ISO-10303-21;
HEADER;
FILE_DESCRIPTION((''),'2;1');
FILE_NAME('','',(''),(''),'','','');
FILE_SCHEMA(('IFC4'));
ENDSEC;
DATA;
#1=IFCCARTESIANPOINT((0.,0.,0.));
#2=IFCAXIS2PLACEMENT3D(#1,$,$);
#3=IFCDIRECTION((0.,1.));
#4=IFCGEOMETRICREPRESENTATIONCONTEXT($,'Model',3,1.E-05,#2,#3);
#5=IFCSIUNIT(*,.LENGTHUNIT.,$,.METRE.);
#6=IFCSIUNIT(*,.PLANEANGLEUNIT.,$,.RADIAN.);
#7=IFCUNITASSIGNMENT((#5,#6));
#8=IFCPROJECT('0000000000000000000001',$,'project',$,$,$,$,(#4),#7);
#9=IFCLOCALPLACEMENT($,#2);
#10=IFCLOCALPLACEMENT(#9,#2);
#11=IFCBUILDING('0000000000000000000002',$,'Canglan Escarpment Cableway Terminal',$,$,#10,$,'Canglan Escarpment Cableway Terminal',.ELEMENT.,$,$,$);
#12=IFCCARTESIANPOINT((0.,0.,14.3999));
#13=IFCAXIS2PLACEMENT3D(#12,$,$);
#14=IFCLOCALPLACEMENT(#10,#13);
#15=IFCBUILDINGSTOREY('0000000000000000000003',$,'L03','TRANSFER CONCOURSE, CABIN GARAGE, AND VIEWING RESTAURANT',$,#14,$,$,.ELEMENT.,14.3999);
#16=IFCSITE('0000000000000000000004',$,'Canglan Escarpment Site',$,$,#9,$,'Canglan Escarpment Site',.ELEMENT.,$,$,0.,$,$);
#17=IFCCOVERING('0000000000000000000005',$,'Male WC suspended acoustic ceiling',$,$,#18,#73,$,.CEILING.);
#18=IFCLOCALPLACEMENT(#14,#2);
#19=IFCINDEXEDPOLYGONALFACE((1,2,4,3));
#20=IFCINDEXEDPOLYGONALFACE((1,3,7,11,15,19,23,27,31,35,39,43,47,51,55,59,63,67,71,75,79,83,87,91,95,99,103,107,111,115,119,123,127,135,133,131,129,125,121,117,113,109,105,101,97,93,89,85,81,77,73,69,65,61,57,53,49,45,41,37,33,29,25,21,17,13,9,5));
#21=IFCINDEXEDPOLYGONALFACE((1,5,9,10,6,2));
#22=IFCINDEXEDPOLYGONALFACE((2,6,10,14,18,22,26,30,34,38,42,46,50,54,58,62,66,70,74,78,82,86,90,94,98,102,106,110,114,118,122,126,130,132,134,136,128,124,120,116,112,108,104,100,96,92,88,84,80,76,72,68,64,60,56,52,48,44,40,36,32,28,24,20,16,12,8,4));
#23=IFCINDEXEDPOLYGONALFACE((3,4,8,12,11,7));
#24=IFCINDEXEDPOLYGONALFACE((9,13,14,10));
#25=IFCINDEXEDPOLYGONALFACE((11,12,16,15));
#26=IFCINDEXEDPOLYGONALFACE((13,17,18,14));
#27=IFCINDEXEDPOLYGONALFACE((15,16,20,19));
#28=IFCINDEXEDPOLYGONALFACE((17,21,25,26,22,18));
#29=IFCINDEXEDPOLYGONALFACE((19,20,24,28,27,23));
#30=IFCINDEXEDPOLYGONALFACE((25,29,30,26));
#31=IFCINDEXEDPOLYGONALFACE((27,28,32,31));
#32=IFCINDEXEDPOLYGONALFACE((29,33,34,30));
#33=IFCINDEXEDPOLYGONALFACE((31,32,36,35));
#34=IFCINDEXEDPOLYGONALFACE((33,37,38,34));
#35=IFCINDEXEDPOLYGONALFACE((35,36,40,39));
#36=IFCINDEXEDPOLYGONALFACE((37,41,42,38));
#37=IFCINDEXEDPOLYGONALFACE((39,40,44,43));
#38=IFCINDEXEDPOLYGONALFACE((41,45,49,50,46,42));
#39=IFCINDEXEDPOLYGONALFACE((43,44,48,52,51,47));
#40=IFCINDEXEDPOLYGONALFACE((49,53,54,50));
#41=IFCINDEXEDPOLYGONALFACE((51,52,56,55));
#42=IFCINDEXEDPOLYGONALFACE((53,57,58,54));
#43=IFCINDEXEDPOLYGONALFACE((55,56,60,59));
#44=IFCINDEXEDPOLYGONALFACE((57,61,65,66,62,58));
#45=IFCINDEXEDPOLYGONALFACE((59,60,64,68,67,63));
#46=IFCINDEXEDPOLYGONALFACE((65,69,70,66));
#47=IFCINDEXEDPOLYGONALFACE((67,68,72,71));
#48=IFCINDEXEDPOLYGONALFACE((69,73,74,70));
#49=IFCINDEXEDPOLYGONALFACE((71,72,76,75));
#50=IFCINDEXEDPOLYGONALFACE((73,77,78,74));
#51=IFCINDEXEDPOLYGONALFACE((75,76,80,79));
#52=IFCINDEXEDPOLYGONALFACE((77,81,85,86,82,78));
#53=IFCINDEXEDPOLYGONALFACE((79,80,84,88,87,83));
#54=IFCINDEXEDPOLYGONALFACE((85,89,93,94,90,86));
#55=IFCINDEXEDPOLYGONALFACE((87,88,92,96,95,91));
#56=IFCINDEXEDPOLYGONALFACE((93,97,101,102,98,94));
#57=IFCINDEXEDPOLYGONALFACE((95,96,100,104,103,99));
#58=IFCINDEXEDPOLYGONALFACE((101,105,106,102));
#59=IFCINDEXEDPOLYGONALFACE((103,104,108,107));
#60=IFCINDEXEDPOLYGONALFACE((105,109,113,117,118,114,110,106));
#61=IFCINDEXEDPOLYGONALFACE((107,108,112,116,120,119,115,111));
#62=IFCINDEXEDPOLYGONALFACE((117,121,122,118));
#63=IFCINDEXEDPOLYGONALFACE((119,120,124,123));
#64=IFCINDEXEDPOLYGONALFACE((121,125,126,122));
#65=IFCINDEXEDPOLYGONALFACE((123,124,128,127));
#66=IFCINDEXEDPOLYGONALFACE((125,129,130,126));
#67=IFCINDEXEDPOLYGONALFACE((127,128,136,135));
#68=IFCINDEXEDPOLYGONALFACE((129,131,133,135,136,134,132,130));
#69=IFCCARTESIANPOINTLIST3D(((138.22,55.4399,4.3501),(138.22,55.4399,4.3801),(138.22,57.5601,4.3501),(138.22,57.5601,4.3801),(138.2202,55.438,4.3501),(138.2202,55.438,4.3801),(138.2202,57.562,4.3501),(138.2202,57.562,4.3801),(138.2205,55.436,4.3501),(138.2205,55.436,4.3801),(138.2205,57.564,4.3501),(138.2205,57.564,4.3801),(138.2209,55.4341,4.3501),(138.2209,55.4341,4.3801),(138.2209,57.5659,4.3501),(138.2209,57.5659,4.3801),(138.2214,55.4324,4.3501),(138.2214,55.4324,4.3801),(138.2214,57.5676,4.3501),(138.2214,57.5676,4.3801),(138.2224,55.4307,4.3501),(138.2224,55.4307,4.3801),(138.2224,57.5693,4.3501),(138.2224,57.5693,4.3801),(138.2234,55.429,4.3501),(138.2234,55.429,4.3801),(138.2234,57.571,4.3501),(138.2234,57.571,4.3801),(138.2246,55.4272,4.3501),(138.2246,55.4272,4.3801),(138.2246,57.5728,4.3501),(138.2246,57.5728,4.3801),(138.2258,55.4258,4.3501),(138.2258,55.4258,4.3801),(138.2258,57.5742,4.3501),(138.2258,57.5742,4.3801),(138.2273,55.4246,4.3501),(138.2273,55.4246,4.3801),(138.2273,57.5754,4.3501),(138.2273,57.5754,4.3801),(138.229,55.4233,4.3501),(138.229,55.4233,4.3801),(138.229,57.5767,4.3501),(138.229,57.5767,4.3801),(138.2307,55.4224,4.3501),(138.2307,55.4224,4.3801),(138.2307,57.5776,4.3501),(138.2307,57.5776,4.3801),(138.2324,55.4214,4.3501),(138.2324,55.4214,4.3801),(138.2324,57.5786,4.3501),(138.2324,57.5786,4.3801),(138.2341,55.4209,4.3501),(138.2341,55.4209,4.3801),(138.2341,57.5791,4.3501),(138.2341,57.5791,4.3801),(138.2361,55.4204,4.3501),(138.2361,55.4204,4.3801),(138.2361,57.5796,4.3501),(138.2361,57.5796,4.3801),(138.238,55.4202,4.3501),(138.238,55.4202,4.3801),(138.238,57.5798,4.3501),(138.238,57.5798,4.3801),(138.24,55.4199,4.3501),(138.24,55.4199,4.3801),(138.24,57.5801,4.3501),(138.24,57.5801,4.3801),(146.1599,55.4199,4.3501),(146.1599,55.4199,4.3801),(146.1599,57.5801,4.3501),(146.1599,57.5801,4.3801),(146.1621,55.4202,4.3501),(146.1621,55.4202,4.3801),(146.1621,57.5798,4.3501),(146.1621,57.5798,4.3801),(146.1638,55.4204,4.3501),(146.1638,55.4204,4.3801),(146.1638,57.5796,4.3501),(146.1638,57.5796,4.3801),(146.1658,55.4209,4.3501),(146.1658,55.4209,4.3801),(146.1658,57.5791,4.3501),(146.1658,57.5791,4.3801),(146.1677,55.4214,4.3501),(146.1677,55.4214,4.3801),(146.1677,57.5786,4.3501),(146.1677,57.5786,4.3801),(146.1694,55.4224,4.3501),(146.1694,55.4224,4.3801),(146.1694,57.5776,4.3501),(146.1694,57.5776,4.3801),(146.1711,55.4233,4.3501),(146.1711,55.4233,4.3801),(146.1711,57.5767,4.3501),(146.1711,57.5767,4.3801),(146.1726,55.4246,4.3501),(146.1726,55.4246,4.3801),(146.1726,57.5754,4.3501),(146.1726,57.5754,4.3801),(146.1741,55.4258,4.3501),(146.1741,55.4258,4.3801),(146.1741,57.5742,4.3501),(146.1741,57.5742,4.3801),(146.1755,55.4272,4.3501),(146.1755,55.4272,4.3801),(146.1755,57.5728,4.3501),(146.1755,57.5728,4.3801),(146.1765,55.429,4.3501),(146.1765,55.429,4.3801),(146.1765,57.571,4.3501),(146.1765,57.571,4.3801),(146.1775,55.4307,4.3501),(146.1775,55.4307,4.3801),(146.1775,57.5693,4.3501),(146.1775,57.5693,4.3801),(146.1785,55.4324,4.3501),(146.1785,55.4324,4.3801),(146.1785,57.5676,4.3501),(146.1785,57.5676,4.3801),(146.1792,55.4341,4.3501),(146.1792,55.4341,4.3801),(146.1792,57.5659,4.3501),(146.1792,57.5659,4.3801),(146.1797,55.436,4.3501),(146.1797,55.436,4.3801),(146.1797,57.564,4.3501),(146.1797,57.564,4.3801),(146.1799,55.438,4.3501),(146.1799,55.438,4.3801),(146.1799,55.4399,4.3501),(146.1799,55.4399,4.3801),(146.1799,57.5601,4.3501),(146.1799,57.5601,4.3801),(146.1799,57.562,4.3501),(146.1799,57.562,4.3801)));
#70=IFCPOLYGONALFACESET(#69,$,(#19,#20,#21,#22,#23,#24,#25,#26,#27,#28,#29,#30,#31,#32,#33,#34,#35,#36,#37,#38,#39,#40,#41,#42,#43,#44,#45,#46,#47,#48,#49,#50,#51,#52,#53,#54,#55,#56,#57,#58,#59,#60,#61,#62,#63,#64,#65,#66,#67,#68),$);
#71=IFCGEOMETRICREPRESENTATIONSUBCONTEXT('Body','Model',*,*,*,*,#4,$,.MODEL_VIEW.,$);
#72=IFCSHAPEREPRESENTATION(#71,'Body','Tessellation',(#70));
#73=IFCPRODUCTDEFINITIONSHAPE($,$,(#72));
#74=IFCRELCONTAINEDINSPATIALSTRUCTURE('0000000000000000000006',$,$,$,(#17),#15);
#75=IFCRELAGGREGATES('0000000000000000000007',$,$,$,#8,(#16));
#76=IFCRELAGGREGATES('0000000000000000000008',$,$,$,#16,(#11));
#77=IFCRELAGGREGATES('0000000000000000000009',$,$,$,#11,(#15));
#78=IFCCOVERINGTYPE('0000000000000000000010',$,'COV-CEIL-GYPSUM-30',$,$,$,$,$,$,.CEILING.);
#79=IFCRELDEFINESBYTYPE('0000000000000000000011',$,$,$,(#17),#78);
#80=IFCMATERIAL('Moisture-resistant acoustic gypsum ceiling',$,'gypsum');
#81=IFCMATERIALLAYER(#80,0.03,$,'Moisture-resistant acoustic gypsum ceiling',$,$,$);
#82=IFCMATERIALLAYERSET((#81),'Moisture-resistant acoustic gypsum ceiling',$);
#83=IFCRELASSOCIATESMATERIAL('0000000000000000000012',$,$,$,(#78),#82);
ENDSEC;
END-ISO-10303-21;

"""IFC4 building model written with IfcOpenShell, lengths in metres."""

from ifc_helpers import new_model, si_unit, direction, frame, origin, place, context, subcontext, project, spatial, polyline, outline, extrude, material, layer, layer_set, type_object, element, save


model = new_model("IFC4")

# Units and contexts
model_context = context("Model", 3, precision=1e-05, world=origin(), true_north=direction((0.0, 1.0)))
body_context = subcontext(model_context, "Body", "Model", "MODEL_VIEW")
ifc_project = project(units=[si_unit("LENGTHUNIT", "METRE"), si_unit("PLANEANGLEUNIT", "RADIAN")], contexts=[model_context])

# Site, building, storey
site_placement = place(None, origin())
site = spatial("IfcSite", under=ifc_project, at=site_placement, Name="Canglan Escarpment Site", LongName="Canglan Escarpment Site", CompositionType="ELEMENT", RefElevation=0.0)
building_placement = place(site_placement, origin())
building = spatial("IfcBuilding", under=site, at=building_placement, Name="Canglan Escarpment Cableway Terminal", LongName="Canglan Escarpment Cableway Terminal", CompositionType="ELEMENT")
storey_placement = place(building_placement, frame((0.0, 0.0, 14.3999)))
storey = spatial("IfcBuildingStorey", under=building, at=storey_placement, Name="L03", Description="TRANSFER CONCOURSE, CABIN GARAGE, AND VIEWING RESTAURANT", CompositionType="ELEMENT", Elevation=14.3999)

# Covering
ifc_material_1 = material(Name="Moisture-resistant acoustic gypsum ceiling", Category="gypsum")
ifc_layer_1 = layer(ifc_material_1, 0.03, Name="Moisture-resistant acoustic gypsum ceiling")
ifc_layer_set_1 = layer_set([ifc_layer_1], Name="Moisture-resistant acoustic gypsum ceiling")
covering_type_1 = type_object("IfcCoveringType", Name="COV-CEIL-GYPSUM-30", PredefinedType="CEILING", material=ifc_layer_set_1)
covering_1_placement = place(storey_placement, frame((0.0, 0.0, 4.3501)))
element("IfcCovering", 1, at=covering_1_placement, inside=storey, type_object=covering_type_1, Name="Male WC suspended acoustic ceiling", PredefinedType="CEILING", context=body_context, shape_type="SweptSolid", body=[
    extrude(outline(polyline([(138.22, 57.5601), (138.2202, 57.562), (138.2205, 57.564), (138.2209, 57.5659), (138.2214, 57.5676), (138.2224, 57.5693), (138.2234, 57.571), (138.2246, 57.5728), (138.2258, 57.5742), (138.2273, 57.5754), (138.229, 57.5767), (138.2307, 57.5776), (138.2324, 57.5786), (138.2341, 57.5791), (138.2361, 57.5796), (138.238, 57.5798), (138.24, 57.5801), (146.1599, 57.5801), (146.1621, 57.5798), (146.1638, 57.5796), (146.1658, 57.5791), (146.1677, 57.5786), (146.1694, 57.5776), (146.1711, 57.5767), (146.1726, 57.5754), (146.1741, 57.5742), (146.1755, 57.5728), (146.1765, 57.571), (146.1775, 57.5693), (146.1785, 57.5676), (146.1792, 57.5659), (146.1797, 57.564), (146.1799, 57.562), (146.1799, 57.5601), (146.1799, 55.4399), (146.1799, 55.438), (146.1797, 55.436), (146.1792, 55.4341), (146.1785, 55.4324), (146.1775, 55.4307), (146.1765, 55.429), (146.1755, 55.4272), (146.1741, 55.4258), (146.1726, 55.4246), (146.1711, 55.4233), (146.1694, 55.4224), (146.1677, 55.4214), (146.1658, 55.4209), (146.1638, 55.4204), (146.1621, 55.4202), (146.1599, 55.4199), (138.24, 55.4199), (138.238, 55.4202), (138.2361, 55.4204), (138.2341, 55.4209), (138.2324, 55.4214), (138.2307, 55.4224), (138.229, 55.4233), (138.2273, 55.4246), (138.2258, 55.4258), (138.2246, 55.4272), (138.2234, 55.429), (138.2224, 55.4307), (138.2214, 55.4324), (138.2209, 55.4341), (138.2205, 55.436), (138.2202, 55.438), (138.22, 55.4399), (138.22, 57.5601)])), origin(), (0.0, 0.0, 1.0), 0.03),
])

save(model, "model.ifc")
